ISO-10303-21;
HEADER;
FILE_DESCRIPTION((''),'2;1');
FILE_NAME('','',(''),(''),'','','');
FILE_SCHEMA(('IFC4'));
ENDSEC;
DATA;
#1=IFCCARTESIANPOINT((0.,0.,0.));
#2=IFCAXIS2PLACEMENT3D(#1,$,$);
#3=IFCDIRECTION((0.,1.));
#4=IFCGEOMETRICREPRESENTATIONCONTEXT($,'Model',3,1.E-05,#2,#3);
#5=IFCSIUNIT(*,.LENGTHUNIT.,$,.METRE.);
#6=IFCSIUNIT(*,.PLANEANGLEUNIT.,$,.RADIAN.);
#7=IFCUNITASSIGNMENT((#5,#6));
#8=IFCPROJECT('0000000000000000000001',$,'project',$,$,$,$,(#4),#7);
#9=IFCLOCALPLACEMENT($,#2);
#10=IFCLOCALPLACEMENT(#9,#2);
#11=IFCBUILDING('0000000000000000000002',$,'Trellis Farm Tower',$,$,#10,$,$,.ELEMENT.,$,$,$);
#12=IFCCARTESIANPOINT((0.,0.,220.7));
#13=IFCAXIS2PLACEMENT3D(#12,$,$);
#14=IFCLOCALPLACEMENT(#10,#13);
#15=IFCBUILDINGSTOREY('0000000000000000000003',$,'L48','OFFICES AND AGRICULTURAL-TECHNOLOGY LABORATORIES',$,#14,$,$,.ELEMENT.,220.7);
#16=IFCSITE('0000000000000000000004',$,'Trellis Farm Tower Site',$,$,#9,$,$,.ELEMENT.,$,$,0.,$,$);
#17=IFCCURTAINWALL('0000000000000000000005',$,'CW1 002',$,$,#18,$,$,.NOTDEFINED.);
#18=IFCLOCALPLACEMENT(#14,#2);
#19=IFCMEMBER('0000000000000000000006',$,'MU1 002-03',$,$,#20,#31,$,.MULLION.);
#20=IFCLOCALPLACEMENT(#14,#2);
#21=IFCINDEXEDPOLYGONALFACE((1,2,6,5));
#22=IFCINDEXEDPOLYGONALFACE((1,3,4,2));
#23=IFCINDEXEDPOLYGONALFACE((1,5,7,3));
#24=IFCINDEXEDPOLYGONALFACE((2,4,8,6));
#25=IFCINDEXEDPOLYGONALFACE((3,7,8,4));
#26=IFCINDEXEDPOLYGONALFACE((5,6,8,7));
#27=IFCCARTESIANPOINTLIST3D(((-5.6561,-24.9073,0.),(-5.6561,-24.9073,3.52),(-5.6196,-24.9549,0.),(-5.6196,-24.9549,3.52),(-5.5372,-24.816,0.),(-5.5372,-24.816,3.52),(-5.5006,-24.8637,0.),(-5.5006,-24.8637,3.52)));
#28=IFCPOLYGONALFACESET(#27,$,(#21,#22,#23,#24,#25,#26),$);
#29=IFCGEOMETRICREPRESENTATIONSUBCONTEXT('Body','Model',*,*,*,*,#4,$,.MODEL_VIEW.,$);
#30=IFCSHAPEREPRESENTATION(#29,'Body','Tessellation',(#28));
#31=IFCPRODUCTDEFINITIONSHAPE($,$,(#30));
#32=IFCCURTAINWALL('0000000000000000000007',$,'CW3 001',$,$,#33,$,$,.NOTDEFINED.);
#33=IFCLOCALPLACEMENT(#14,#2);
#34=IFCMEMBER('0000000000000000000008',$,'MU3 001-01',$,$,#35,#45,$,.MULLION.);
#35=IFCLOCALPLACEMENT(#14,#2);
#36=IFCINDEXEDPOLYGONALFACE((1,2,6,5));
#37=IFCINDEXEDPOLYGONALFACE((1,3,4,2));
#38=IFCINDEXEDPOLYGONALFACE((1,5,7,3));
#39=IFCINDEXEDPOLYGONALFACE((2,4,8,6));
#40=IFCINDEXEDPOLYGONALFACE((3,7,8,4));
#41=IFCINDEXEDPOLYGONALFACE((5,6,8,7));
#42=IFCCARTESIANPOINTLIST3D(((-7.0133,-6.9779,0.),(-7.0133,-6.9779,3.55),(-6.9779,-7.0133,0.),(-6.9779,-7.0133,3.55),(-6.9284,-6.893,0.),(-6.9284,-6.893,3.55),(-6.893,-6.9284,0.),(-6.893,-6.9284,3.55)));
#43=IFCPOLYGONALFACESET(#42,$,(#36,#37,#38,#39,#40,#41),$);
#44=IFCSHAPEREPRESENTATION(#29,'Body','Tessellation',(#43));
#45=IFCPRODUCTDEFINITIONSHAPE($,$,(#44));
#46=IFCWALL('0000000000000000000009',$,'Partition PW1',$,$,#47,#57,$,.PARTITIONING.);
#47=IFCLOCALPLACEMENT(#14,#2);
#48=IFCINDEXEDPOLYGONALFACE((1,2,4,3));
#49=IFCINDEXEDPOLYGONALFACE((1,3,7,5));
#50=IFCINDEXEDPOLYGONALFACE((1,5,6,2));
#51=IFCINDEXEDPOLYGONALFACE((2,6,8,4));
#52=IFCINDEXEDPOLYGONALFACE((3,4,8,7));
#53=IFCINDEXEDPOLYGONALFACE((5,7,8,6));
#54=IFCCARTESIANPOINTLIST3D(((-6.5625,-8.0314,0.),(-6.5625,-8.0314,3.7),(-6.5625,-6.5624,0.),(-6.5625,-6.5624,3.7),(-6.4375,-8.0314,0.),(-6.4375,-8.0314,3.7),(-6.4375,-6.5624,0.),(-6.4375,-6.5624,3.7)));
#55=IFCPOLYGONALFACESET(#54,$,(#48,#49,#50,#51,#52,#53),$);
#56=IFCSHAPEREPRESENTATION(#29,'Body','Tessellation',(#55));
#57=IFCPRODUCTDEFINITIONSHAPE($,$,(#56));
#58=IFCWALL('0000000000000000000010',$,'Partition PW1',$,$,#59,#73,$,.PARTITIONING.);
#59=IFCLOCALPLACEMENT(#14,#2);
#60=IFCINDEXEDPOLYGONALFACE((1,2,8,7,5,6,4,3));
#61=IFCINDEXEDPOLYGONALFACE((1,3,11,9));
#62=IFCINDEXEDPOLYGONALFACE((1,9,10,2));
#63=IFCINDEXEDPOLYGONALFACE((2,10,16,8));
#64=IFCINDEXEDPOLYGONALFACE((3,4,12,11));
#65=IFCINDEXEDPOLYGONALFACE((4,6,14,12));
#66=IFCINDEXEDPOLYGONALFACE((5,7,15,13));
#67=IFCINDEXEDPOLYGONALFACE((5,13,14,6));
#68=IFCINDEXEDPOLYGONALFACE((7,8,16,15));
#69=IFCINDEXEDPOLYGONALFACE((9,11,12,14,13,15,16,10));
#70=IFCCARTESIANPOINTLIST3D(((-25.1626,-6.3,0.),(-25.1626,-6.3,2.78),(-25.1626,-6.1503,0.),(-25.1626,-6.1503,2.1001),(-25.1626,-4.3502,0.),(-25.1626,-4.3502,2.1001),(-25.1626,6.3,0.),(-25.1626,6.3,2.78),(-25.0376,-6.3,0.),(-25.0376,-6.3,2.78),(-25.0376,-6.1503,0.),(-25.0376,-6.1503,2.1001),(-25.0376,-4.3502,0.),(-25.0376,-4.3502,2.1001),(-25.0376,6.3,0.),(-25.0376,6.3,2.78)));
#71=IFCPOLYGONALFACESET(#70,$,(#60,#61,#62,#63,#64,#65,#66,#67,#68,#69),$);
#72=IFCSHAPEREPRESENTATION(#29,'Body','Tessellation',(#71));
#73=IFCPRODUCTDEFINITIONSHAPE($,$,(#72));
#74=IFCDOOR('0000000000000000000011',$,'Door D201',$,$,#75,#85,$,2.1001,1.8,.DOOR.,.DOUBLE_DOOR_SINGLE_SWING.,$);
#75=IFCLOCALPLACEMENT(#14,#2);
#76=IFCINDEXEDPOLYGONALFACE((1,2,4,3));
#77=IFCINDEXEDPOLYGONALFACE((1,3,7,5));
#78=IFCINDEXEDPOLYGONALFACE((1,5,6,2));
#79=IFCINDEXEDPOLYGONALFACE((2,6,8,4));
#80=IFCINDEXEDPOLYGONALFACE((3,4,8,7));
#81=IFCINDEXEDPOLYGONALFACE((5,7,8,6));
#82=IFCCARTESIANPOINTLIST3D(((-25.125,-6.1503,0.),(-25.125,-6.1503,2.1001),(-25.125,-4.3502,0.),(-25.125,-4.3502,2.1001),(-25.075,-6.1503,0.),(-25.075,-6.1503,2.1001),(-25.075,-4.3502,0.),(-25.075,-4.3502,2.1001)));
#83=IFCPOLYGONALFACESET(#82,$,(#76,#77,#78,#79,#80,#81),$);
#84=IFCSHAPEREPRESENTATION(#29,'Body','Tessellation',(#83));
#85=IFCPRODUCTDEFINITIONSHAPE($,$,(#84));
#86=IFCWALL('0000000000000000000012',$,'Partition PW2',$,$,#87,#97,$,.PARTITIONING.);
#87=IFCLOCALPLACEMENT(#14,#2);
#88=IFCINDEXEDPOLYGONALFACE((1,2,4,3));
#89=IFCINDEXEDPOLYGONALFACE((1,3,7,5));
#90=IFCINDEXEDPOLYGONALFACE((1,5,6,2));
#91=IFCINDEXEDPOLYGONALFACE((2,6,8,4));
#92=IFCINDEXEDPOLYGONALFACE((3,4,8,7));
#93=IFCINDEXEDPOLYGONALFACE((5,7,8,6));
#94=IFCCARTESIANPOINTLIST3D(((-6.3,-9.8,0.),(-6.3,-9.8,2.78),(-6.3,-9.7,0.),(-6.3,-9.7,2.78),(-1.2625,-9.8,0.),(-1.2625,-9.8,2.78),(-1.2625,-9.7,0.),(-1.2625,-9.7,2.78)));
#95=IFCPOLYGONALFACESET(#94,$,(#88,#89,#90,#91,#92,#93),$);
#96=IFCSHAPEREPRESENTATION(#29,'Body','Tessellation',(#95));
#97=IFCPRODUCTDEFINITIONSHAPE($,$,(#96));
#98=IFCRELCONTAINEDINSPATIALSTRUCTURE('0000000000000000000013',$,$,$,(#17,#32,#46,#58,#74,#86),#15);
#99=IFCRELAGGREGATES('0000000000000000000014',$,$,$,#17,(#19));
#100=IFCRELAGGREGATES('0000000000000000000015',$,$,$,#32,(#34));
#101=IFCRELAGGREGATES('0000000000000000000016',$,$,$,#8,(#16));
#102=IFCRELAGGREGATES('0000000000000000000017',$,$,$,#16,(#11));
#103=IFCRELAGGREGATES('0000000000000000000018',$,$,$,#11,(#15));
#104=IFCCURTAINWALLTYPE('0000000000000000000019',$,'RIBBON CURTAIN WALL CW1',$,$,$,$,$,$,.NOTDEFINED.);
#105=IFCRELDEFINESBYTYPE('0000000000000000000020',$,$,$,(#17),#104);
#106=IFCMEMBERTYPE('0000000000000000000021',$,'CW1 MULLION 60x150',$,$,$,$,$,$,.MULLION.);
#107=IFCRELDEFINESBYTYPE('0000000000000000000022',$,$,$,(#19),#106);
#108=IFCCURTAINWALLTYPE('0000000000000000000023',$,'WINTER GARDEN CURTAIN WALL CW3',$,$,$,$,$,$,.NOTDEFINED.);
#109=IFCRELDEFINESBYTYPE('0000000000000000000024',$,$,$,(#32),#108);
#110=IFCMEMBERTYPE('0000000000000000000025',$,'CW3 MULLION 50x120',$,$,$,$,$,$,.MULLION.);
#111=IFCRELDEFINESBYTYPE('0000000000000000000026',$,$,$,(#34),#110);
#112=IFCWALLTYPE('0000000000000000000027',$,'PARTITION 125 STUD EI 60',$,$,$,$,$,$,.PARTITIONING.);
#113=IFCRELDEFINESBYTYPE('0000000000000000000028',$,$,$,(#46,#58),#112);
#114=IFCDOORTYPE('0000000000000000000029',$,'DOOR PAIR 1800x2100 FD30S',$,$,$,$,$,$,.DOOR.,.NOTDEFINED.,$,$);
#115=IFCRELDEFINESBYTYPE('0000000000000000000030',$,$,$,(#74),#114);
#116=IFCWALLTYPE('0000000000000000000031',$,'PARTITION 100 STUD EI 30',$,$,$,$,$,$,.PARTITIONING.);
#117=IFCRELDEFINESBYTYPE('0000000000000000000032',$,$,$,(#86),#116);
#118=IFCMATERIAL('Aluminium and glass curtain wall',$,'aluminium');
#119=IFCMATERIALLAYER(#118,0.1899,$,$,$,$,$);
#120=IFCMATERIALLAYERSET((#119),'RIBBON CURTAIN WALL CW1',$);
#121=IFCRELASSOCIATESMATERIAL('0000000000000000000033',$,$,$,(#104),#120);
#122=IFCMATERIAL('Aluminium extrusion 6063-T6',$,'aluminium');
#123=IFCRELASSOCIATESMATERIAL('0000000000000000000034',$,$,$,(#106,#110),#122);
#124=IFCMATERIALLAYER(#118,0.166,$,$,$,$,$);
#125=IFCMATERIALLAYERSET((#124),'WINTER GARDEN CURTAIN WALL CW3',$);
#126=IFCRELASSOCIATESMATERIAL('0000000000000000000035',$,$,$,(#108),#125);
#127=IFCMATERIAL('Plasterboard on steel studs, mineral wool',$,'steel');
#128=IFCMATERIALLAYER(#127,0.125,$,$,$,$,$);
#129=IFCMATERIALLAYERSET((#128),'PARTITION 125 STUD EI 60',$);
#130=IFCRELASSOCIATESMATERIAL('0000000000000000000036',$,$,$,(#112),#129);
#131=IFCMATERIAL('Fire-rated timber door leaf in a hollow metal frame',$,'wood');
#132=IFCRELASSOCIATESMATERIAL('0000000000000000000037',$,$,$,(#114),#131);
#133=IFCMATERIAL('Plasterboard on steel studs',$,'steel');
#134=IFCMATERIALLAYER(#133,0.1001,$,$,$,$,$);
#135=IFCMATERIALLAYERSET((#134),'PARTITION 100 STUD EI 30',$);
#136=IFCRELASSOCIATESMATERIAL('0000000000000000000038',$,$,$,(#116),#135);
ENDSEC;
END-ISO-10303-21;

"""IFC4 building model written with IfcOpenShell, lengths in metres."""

from ifc_helpers import new_model, si_unit, direction, frame, frame_2d, origin, origin_2d, place, context, subcontext, project, spatial, rectangle, extrude, source, transform, mapped, material, layer, layer_set, material_profile, profile_set, type_object, element, fill, aggregate, save


model = new_model("IFC4")

# Units and contexts
model_context = context("Model", 3, precision=1e-05, world=origin(), true_north=direction((0.0, 1.0)))
body_context = subcontext(model_context, "Body", "Model", "MODEL_VIEW")
ifc_project = project(units=[si_unit("LENGTHUNIT", "METRE"), si_unit("PLANEANGLEUNIT", "RADIAN")], contexts=[model_context])

# Site, building, storey
site_placement = place(None, origin())
site = spatial("IfcSite", under=ifc_project, at=site_placement, Name="Trellis Farm Tower Site", CompositionType="ELEMENT", RefElevation=0.0)
building_placement = place(site_placement, origin())
building = spatial("IfcBuilding", under=site, at=building_placement, Name="Trellis Farm Tower", CompositionType="ELEMENT")
storey_placement = place(building_placement, frame((0.0, 0.0, 220.7)))
storey = spatial("IfcBuildingStorey", under=building, at=storey_placement, Name="L48", Description="OFFICES AND AGRICULTURAL-TECHNOLOGY LABORATORIES", CompositionType="ELEMENT", Elevation=220.7)

# Curtain wall, member
ifc_material_1 = material(Name="Aluminium and glass curtain wall", Category="aluminium")
ifc_layer_1 = layer(ifc_material_1, 0.1899)
ifc_layer_set_1 = layer_set([ifc_layer_1], Name="RIBBON CURTAIN WALL CW1")
curtain_wall_type_1 = type_object("IfcCurtainWallType", Name="RIBBON CURTAIN WALL CW1", PredefinedType="NOTDEFINED", material=ifc_layer_set_1)
placement = place(storey_placement, origin())
ifc_material_2 = material(Name="Aluminium extrusion 6063-T6", Category="aluminium")
ifc_material_profile_1 = material_profile(ifc_material_2, rectangle(XDim=0.0601, YDim=0.1499, at=origin_2d()), Name="MULLION 60x150")
ifc_profile_set_1 = profile_set([ifc_material_profile_1], Name="Aluminium extrusion 6063-T6")
member_type_1 = type_object("IfcMemberType", Name="CW1 MULLION 60x150", PredefinedType="MULLION", material=ifc_profile_set_1)
shared_shape_1 = source(origin(), body_context, "Body", "SweptSolid", [
    extrude(rectangle(XDim=0.0601, YDim=0.1499, at=origin_2d()), origin(), (0.0, 0.0, 1.0), 3.52),
])
curtain_wall_1 = element("IfcCurtainWall", 1, at=placement, inside=storey, type_object=curtain_wall_type_1, Name="CW1 002", PredefinedType="NOTDEFINED")
member_1_placement = place(storey_placement, frame((-5.5784, -24.8855, 0.0), z_axis=(0.0, 0.0, 1.0), x_axis=(0.608761, -0.793353, 0.0)))
member_1 = element("IfcMember", 2, at=member_1_placement, type_object=member_type_1, Name="MU1 002-03", PredefinedType="MULLION", context=body_context, shape_type="MappedRepresentation", body=[
    mapped(shared_shape_1, transform((0.0, 0.0, 0.0))),
])
aggregate(curtain_wall_1, [member_1])

# Curtain wall, member
ifc_layer_2 = layer(ifc_material_1, 0.166)
ifc_layer_set_2 = layer_set([ifc_layer_2], Name="WINTER GARDEN CURTAIN WALL CW3")
curtain_wall_type_2 = type_object("IfcCurtainWallType", Name="WINTER GARDEN CURTAIN WALL CW3", PredefinedType="NOTDEFINED", material=ifc_layer_set_2)
curtain_wall_2 = element("IfcCurtainWall", 3, at=placement, inside=storey, type_object=curtain_wall_type_2, Name="CW3 001", PredefinedType="NOTDEFINED")
ifc_material_profile_2 = material_profile(ifc_material_2, rectangle(XDim=0.05, YDim=0.1201, at=origin_2d()), Name="MULLION 50x120")
ifc_profile_set_2 = profile_set([ifc_material_profile_2], Name="Aluminium extrusion 6063-T6")
member_type_2 = type_object("IfcMemberType", Name="CW3 MULLION 50x120", PredefinedType="MULLION", material=ifc_profile_set_2)
shared_shape_2 = source(origin(), body_context, "Body", "SweptSolid", [
    extrude(rectangle(XDim=0.05, YDim=0.1201, at=origin_2d()), origin(), (0.0, 0.0, 1.0), 3.55),
])
member_2_placement = place(storey_placement, frame((-6.9531, -6.9531, 0.0), z_axis=(0.0, 0.0, 1.0), x_axis=(0.707107, -0.707107, 0.0)))
member_2 = element("IfcMember", 4, at=member_2_placement, type_object=member_type_2, Name="MU3 001-01", PredefinedType="MULLION", context=body_context, shape_type="MappedRepresentation", body=[
    mapped(shared_shape_2, transform((0.0, 0.0, 0.0))),
])
aggregate(curtain_wall_2, [member_2])

# Wall
ifc_material_3 = material(Name="Plasterboard on steel studs, mineral wool", Category="steel")
ifc_layer_3 = layer(ifc_material_3, 0.125)
ifc_layer_set_3 = layer_set([ifc_layer_3], Name="PARTITION 125 STUD EI 60")
wall_type_1 = type_object("IfcWallType", Name="PARTITION 125 STUD EI 60", PredefinedType="PARTITIONING", material=ifc_layer_set_3)
shared_shape_3 = source(origin(), body_context, "Body", "SweptSolid", [
    extrude(rectangle(XDim=1.469, YDim=0.125, at=frame_2d((0.7344, 0.0))), origin(), (0.0, 0.0, 1.0), 3.7),
])
wall_1_placement = place(storey_placement, frame((-6.5, -6.5625, 0.0), z_axis=(0.0, 0.0, 1.0), x_axis=(0.0, -1.0, 0.0)))
element("IfcWall", 5, at=wall_1_placement, inside=storey, type_object=wall_type_1, Name="Partition PW1", PredefinedType="PARTITIONING", context=body_context, shape_type="MappedRepresentation", body=[
    mapped(shared_shape_3, transform((0.0, 0.0, 0.0))),
])

# Wall, opening, door
shared_shape_4 = source(origin(), body_context, "Body", "SweptSolid", [
    extrude(rectangle(XDim=12.6001, YDim=0.125, at=frame_2d((6.3, 0.0))), origin(), (0.0, 0.0, 1.0), 2.78),
])
wall_2_placement = place(storey_placement, frame((-25.1001, -6.3, 0.0), z_axis=(0.0, 0.0, 1.0), x_axis=(0.0, 1.0, 0.0)))
wall_2 = element("IfcWall", 6, at=wall_2_placement, inside=storey, type_object=wall_type_1, Name="Partition PW1", PredefinedType="PARTITIONING", context=body_context, shape_type="MappedRepresentation", body=[
    mapped(shared_shape_4, transform((0.0, 0.0, 0.0))),
])
shared_shape_5 = source(origin(), body_context, "Body", "SweptSolid", [
    extrude(rectangle(XDim=1.8, YDim=2.1001, at=frame_2d((0.8999, 1.05))), frame((0.0, 0.0725, 0.0), z_axis=(0.0, -1.0, 0.0), x_axis=(1.0, 0.0, 0.0)), (0.0, 0.0, 1.0), 0.145),
])
opening_placement = place(wall_2_placement, frame((0.1499, 0.0, 0.0)))
opening = element("IfcOpeningElement", 7, at=opening_placement, cuts=wall_2, PredefinedType="OPENING", context=body_context, shape_type="MappedRepresentation", body=[
    mapped(shared_shape_5, transform((0.0, 0.0, 0.0))),
])
ifc_material_4 = material(Name="Fire-rated timber door leaf in a hollow metal frame", Category="wood")
door_type = type_object("IfcDoorType", Name="DOOR PAIR 1800x2100 FD30S", OperationType="NOTDEFINED", PredefinedType="DOOR", material=ifc_material_4)
shared_shape_6 = source(origin(), body_context, "Body", "SweptSolid", [
    extrude(rectangle(XDim=1.8, YDim=2.1001, at=frame_2d((0.8999, 1.05))), frame((0.0, 0.0249, 0.0), z_axis=(0.0, -1.0, 0.0), x_axis=(1.0, 0.0, 0.0)), (0.0, 0.0, 1.0), 0.05),
])
door_placement = place(opening_placement, origin())
door = element("IfcDoor", 8, at=door_placement, inside=storey, type_object=door_type, Name="Door D201", OperationType="DOUBLE_DOOR_SINGLE_SWING", OverallHeight=2.1001, OverallWidth=1.8, PredefinedType="DOOR", context=body_context, shape_type="MappedRepresentation", body=[
    mapped(shared_shape_6, transform((0.0, 0.0, 0.0))),
])
fill(opening, door)

# Wall
ifc_material_5 = material(Name="Plasterboard on steel studs", Category="steel")
ifc_layer_4 = layer(ifc_material_5, 0.1001)
ifc_layer_set_4 = layer_set([ifc_layer_4], Name="PARTITION 100 STUD EI 30")
wall_type_2 = type_object("IfcWallType", Name="PARTITION 100 STUD EI 30", PredefinedType="PARTITIONING", material=ifc_layer_set_4)
shared_shape_7 = source(origin(), body_context, "Body", "SweptSolid", [
    extrude(rectangle(XDim=5.0376, YDim=0.1001, at=frame_2d((2.5188, 0.0))), origin(), (0.0, 0.0, 1.0), 2.78),
])
wall_3_placement = place(storey_placement, frame((-6.3, -9.75, 0.0), z_axis=(0.0, 0.0, 1.0), x_axis=(1.0, 0.0, 0.0)))
element("IfcWall", 9, at=wall_3_placement, inside=storey, type_object=wall_type_2, Name="Partition PW2", PredefinedType="PARTITIONING", context=body_context, shape_type="MappedRepresentation", body=[
    mapped(shared_shape_7, transform((0.0, 0.0, 0.0))),
])

save(model, "model.ifc")
